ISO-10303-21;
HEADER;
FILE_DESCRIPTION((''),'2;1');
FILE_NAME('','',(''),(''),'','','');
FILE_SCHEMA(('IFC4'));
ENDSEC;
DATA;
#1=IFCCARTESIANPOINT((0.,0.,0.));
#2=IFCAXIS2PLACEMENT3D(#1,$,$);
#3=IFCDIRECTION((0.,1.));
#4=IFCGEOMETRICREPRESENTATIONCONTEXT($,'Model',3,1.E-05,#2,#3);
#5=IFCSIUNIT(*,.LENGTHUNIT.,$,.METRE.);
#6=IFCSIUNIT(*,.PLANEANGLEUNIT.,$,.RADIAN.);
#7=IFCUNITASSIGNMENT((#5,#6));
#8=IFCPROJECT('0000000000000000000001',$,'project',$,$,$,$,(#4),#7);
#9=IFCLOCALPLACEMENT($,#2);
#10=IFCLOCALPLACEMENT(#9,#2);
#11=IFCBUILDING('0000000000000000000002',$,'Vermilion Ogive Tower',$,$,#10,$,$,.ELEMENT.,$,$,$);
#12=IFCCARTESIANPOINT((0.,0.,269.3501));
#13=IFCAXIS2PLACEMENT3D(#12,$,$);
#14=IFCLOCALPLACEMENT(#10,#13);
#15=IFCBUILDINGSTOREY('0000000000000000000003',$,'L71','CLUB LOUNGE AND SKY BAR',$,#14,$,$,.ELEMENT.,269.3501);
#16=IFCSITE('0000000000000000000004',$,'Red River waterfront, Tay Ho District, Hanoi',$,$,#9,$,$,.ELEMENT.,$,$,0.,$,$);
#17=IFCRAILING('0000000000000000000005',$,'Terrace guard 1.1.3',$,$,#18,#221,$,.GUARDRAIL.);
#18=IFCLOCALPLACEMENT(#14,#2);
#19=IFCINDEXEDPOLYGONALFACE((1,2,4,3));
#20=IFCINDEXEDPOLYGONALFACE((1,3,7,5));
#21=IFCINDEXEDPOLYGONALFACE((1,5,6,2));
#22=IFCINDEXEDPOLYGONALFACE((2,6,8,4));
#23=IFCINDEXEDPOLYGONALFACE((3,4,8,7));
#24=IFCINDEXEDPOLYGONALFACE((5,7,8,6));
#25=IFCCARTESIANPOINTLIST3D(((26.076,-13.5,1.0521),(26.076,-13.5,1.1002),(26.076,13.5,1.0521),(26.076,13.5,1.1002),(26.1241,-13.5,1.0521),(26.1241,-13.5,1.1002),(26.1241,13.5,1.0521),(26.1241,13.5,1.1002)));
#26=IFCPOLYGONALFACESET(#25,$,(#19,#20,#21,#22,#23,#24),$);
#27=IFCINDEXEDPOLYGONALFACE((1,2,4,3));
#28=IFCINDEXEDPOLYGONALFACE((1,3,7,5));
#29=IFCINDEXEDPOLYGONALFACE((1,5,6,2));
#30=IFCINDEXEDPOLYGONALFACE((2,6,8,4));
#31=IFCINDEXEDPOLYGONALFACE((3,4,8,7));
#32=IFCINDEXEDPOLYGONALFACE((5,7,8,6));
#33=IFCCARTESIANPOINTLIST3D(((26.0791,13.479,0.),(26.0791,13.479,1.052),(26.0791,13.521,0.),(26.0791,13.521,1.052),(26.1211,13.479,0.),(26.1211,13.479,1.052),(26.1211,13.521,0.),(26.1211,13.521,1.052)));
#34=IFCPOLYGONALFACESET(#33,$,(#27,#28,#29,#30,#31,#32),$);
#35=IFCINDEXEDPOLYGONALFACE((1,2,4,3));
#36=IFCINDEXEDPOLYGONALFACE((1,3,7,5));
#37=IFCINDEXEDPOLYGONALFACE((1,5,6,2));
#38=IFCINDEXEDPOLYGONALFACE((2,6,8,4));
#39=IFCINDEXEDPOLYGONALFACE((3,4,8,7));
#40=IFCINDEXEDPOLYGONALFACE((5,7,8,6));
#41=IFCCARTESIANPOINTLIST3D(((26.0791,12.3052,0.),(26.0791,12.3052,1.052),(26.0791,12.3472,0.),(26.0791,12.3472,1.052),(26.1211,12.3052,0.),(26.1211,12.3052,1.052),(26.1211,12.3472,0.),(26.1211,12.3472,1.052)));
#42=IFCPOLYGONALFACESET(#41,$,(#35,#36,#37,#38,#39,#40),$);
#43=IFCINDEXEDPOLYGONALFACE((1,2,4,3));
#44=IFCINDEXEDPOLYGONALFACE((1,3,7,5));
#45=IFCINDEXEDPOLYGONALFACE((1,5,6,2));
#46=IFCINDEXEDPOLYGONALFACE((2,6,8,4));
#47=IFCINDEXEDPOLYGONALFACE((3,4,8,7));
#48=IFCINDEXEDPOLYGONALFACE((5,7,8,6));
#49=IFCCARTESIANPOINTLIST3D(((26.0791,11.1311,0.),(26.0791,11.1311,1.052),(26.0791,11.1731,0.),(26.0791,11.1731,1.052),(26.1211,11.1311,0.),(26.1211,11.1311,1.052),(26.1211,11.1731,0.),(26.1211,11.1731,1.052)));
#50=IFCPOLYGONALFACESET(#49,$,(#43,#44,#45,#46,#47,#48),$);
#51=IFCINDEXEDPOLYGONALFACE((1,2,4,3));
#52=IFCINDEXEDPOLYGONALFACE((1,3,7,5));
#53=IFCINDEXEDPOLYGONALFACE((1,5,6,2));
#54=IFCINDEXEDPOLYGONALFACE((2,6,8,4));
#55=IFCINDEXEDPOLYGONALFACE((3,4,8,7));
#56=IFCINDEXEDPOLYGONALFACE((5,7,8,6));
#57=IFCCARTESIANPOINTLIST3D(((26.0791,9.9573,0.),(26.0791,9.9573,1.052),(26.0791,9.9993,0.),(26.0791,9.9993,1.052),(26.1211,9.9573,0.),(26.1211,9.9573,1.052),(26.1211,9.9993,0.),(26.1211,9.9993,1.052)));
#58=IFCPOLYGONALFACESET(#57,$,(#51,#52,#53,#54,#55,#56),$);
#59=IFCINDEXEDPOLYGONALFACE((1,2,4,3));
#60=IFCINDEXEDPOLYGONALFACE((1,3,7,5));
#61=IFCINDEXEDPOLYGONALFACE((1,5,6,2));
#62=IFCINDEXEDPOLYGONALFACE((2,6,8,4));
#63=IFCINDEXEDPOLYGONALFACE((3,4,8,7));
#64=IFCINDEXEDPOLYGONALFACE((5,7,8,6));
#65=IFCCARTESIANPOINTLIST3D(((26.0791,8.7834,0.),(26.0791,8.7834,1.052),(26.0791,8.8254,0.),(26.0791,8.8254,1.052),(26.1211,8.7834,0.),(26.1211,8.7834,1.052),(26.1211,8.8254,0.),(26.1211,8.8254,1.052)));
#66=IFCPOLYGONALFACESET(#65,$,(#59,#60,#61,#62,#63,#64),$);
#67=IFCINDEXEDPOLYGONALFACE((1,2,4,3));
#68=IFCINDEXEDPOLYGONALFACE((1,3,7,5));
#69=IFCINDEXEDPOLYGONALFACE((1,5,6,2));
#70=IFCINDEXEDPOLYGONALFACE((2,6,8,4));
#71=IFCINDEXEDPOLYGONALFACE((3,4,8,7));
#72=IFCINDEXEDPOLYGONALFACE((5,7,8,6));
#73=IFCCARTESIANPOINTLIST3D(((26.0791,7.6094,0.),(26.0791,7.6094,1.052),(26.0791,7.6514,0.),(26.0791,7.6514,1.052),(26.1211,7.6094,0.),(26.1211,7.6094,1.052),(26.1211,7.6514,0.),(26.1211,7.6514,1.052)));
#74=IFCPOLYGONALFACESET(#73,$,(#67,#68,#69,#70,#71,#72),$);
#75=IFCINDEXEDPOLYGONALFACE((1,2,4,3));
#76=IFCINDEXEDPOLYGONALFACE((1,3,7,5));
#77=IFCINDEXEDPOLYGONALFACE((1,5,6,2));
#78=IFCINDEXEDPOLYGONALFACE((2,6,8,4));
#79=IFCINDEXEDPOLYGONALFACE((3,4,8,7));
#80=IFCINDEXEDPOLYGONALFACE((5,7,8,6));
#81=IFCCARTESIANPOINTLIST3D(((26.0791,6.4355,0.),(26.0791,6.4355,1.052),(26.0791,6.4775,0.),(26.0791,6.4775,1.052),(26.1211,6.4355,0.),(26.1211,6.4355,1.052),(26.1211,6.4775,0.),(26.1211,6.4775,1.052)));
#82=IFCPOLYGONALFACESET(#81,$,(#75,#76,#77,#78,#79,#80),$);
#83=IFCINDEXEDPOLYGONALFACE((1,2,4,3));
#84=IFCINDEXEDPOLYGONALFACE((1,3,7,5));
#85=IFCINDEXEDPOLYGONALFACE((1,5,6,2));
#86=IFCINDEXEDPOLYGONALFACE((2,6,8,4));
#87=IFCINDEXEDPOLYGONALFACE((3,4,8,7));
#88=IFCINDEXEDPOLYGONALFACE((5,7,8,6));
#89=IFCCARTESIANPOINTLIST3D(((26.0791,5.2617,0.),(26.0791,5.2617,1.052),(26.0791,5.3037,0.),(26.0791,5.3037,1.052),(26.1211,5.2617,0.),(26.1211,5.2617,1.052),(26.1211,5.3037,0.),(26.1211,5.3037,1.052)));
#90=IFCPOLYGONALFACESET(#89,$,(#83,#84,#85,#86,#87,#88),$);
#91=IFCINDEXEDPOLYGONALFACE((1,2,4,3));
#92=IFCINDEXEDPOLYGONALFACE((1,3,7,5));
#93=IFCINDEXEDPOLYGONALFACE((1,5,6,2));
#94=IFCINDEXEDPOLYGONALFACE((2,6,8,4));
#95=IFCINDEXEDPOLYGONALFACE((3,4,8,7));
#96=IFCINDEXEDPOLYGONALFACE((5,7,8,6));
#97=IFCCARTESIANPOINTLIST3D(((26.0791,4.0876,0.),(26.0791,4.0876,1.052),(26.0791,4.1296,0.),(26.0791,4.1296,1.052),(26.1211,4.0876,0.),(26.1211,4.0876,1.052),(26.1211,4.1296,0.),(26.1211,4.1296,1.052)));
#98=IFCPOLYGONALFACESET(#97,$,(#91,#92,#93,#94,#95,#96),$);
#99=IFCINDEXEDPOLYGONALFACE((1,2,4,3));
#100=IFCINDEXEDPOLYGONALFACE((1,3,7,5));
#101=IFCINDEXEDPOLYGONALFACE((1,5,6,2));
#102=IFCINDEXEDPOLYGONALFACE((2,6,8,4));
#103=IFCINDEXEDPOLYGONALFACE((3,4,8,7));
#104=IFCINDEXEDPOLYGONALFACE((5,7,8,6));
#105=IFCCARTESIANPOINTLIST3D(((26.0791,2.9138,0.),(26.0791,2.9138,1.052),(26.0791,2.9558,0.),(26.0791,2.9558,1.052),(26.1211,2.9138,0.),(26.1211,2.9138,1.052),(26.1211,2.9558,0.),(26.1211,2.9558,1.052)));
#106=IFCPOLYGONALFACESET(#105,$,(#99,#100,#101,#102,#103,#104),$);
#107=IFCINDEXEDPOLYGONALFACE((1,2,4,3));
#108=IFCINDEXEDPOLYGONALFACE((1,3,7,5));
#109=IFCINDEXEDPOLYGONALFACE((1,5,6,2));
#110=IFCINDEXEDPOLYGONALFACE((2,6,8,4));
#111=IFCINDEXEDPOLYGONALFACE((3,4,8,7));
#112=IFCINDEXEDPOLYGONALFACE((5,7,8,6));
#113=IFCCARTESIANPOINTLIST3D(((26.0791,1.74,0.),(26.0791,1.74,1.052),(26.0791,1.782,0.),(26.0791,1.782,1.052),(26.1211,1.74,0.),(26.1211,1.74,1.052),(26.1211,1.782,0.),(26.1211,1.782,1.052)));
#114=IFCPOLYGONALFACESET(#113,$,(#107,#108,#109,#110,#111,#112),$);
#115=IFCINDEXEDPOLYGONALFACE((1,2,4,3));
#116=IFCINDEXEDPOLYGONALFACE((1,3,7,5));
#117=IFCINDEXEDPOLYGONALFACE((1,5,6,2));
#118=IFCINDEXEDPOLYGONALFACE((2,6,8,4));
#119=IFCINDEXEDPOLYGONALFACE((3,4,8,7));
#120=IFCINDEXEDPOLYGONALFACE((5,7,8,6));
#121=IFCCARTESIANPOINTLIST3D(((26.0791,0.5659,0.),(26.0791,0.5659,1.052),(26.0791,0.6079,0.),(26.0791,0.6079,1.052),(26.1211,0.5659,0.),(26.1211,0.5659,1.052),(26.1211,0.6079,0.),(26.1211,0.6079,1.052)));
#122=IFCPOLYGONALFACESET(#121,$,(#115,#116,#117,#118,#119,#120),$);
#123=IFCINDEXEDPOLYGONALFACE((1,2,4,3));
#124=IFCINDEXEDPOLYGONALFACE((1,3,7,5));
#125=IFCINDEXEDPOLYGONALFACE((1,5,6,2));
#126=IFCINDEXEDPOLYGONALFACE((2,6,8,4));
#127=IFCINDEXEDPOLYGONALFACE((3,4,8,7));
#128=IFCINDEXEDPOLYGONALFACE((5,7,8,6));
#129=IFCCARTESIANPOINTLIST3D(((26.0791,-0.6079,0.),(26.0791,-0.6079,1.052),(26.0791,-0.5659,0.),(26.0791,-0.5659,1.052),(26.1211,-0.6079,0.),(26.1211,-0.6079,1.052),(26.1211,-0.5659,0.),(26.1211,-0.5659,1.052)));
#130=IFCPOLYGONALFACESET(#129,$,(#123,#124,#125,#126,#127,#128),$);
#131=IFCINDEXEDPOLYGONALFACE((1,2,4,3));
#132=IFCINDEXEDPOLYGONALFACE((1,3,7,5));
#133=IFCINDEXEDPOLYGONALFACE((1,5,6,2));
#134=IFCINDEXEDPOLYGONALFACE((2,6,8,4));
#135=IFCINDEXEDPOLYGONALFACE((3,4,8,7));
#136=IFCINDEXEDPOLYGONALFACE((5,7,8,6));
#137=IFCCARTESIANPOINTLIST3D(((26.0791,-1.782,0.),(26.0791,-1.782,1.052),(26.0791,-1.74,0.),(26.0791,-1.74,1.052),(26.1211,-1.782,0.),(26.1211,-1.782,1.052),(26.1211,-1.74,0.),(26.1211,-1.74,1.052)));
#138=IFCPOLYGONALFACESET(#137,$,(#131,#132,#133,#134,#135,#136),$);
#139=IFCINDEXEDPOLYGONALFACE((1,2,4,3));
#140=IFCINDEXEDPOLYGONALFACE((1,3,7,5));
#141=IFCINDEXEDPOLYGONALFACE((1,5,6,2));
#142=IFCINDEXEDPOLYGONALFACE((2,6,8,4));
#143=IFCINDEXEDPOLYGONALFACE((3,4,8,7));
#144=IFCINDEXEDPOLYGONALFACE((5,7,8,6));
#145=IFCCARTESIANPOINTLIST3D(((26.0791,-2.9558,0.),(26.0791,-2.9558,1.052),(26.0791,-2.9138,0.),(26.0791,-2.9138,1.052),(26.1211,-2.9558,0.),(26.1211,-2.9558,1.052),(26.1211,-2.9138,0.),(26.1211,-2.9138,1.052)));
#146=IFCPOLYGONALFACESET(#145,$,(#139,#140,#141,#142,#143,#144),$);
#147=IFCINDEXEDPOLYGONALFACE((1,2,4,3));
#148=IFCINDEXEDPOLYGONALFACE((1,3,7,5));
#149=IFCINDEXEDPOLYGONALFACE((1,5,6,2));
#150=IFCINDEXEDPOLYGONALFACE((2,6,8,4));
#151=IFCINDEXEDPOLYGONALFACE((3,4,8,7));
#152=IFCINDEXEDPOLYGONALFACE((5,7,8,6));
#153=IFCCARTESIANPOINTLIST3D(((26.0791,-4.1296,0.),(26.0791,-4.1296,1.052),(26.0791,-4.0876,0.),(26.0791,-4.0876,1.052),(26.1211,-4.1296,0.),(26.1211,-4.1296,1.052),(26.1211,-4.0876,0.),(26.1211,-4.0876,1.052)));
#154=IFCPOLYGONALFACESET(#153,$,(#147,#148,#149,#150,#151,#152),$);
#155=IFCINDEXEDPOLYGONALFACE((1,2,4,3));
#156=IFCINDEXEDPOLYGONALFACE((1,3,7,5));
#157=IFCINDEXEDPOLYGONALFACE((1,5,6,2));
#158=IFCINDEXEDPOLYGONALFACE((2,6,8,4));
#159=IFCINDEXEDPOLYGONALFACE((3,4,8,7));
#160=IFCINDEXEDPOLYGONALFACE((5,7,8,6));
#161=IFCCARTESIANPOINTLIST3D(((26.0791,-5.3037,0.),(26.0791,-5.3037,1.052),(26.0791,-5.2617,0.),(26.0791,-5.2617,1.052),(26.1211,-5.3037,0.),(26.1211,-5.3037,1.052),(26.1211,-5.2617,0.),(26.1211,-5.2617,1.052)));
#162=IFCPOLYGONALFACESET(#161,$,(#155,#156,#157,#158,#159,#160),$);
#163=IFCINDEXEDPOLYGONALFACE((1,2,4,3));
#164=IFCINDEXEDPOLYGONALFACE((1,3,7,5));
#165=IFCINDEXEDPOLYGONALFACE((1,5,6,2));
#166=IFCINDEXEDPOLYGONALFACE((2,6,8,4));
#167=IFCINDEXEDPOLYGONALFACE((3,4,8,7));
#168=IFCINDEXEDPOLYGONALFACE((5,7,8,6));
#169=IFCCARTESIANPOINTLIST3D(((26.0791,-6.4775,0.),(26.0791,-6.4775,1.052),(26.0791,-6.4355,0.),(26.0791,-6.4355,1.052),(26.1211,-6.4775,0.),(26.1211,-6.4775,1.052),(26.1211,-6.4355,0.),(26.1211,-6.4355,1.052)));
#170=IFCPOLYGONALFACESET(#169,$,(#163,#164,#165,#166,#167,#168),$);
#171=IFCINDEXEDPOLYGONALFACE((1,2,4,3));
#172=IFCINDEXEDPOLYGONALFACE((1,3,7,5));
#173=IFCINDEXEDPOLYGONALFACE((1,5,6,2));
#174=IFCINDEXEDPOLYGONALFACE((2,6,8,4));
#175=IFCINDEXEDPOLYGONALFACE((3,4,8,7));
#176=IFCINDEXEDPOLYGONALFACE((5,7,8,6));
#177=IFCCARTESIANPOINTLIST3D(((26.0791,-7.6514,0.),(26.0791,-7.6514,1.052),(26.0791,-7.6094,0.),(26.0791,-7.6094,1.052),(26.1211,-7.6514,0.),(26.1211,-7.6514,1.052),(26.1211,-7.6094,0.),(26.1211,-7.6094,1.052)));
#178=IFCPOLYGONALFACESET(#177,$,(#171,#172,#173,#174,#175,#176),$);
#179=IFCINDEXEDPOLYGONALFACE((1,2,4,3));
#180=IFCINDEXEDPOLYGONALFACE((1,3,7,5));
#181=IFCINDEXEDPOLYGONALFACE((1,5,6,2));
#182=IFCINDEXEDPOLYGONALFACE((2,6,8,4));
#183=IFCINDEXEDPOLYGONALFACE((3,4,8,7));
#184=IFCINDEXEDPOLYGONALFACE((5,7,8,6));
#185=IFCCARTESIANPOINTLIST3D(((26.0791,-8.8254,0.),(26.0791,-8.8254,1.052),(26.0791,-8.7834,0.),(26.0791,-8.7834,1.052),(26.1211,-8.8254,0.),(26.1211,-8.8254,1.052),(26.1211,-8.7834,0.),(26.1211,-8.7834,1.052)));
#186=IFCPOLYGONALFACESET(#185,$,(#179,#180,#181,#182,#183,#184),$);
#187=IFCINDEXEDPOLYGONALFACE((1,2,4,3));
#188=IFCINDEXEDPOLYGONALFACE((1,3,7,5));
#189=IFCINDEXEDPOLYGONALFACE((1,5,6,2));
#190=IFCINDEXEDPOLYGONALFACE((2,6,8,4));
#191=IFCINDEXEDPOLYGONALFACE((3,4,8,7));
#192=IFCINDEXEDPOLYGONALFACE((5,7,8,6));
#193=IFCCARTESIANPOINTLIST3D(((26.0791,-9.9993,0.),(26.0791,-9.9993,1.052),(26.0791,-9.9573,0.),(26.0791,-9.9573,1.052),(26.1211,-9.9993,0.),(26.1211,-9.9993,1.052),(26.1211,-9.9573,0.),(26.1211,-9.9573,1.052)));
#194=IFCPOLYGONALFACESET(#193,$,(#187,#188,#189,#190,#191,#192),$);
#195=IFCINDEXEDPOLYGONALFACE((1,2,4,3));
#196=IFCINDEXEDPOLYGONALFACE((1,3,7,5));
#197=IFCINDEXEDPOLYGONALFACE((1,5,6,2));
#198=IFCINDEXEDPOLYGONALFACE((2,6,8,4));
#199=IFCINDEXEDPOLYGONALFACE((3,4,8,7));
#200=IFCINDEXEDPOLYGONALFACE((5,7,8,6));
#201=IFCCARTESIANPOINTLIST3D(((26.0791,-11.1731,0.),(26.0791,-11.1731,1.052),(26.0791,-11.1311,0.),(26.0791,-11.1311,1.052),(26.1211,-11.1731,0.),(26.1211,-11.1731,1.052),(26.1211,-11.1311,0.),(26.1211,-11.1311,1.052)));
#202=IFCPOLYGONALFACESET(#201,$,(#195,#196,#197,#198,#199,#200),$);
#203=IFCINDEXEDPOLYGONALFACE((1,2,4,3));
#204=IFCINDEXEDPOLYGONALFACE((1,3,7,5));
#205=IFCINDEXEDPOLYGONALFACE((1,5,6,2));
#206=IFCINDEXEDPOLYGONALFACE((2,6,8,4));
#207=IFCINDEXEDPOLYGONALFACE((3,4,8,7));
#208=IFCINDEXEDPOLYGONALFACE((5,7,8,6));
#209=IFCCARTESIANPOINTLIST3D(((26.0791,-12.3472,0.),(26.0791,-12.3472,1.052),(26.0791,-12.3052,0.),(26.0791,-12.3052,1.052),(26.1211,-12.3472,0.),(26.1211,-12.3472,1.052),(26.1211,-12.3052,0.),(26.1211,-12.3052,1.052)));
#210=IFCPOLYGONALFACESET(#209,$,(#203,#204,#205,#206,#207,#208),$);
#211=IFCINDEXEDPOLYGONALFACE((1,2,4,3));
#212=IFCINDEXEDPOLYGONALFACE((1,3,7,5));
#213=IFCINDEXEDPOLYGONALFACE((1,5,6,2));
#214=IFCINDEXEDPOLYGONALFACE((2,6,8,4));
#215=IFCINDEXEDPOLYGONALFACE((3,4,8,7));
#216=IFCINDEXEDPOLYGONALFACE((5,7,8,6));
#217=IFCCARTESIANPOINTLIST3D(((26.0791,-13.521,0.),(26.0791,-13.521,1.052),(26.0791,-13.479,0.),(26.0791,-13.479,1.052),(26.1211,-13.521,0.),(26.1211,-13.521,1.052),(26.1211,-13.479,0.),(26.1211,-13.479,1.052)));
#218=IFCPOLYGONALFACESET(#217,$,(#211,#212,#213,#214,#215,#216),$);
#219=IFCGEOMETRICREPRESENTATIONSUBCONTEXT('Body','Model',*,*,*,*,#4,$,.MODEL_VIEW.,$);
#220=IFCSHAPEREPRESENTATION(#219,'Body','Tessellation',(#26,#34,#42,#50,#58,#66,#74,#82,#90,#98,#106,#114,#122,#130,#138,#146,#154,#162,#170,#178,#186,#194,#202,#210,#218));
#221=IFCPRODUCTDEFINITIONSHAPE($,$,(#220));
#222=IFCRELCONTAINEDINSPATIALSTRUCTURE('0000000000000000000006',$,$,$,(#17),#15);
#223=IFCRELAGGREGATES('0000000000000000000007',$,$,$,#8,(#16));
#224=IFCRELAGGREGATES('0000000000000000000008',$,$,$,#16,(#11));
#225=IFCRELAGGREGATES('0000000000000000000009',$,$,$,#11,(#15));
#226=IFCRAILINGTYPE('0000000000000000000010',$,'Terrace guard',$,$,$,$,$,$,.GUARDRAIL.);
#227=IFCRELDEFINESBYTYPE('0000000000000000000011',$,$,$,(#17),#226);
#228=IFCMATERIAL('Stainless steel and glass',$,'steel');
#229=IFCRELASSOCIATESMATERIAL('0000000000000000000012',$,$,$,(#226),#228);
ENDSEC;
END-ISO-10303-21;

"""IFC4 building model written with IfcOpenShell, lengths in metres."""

from ifc_helpers import new_model, si_unit, direction, frame, origin, origin_2d, place, context, subcontext, project, spatial, rectangle, extrude, material, type_object, element, save


model = new_model("IFC4")

# Units and contexts
model_context = context("Model", 3, precision=1e-05, world=origin(), true_north=direction((0.0, 1.0)))
body_context = subcontext(model_context, "Body", "Model", "MODEL_VIEW")
ifc_project = project(units=[si_unit("LENGTHUNIT", "METRE"), si_unit("PLANEANGLEUNIT", "RADIAN")], contexts=[model_context])

# Site, building, storey
site_placement = place(None, origin())
site = spatial("IfcSite", under=ifc_project, at=site_placement, Name="Red River waterfront, Tay Ho District, Hanoi", CompositionType="ELEMENT", RefElevation=0.0)
building_placement = place(site_placement, origin())
building = spatial("IfcBuilding", under=site, at=building_placement, Name="Vermilion Ogive Tower", CompositionType="ELEMENT")
storey_placement = place(building_placement, frame((0.0, 0.0, 269.3501)))
storey = spatial("IfcBuildingStorey", under=building, at=storey_placement, Name="L71", Description="CLUB LOUNGE AND SKY BAR", CompositionType="ELEMENT", Elevation=269.3501)

# Railing
ifc_material_1 = material(Name="Stainless steel and glass", Category="steel")
railing_type_1 = type_object("IfcRailingType", Name="Terrace guard", PredefinedType="GUARDRAIL", material=ifc_material_1)
railing_1_placement = place(storey_placement, frame((26.1001, 13.5, 0.0)))
element("IfcRailing", 1, at=railing_1_placement, inside=storey, type_object=railing_type_1, Name="Terrace guard 1.1.3", PredefinedType="GUARDRAIL", context=body_context, shape_type="SweptSolid", body=[
    extrude(rectangle(XDim=0.0481, YDim=0.0481, at=origin_2d()), frame((0.0, 0.0, 1.0762), z_axis=(0.0, -1.0, 0.0), x_axis=(1.0, 0.0, 0.0)), (0.0, 0.0, 1.0), 27.0),
    extrude(rectangle(XDim=0.042, YDim=0.042, at=origin_2d()), origin(), (0.0, 0.0, 1.0), 1.052),
    extrude(rectangle(XDim=0.042, YDim=0.042, at=origin_2d()), frame((0.0, -1.1738, 0.0)), (0.0, 0.0, 1.0), 1.052),
    extrude(rectangle(XDim=0.042, YDim=0.042, at=origin_2d()), frame((0.0, -2.3479, 0.0)), (0.0, 0.0, 1.0), 1.052),
    extrude(rectangle(XDim=0.042, YDim=0.042, at=origin_2d()), frame((0.0, -3.5217, 0.0)), (0.0, 0.0, 1.0), 1.052),
    extrude(rectangle(XDim=0.042, YDim=0.042, at=origin_2d()), frame((0.0, -4.6956, 0.0)), (0.0, 0.0, 1.0), 1.052),
    extrude(rectangle(XDim=0.042, YDim=0.042, at=origin_2d()), frame((0.0, -5.8696, 0.0)), (0.0, 0.0, 1.0), 1.052),
    extrude(rectangle(XDim=0.042, YDim=0.042, at=origin_2d()), frame((0.0, -7.0435, 0.0)), (0.0, 0.0, 1.0), 1.052),
    extrude(rectangle(XDim=0.042, YDim=0.042, at=origin_2d()), frame((0.0, -8.2173, 0.0)), (0.0, 0.0, 1.0), 1.052),
    extrude(rectangle(XDim=0.042, YDim=0.042, at=origin_2d()), frame((0.0, -9.3914, 0.0)), (0.0, 0.0, 1.0), 1.052),
    extrude(rectangle(XDim=0.042, YDim=0.042, at=origin_2d()), frame((0.0, -10.5652, 0.0)), (0.0, 0.0, 1.0), 1.052),
    extrude(rectangle(XDim=0.042, YDim=0.042, at=origin_2d()), frame((0.0, -11.739, 0.0)), (0.0, 0.0, 1.0), 1.052),
    extrude(rectangle(XDim=0.042, YDim=0.042, at=origin_2d()), frame((0.0, -12.9131, 0.0)), (0.0, 0.0, 1.0), 1.052),
    extrude(rectangle(XDim=0.042, YDim=0.042, at=origin_2d()), frame((0.0, -14.0869, 0.0)), (0.0, 0.0, 1.0), 1.052),
    extrude(rectangle(XDim=0.042, YDim=0.042, at=origin_2d()), frame((0.0, -15.261, 0.0)), (0.0, 0.0, 1.0), 1.052),
    extrude(rectangle(XDim=0.042, YDim=0.042, at=origin_2d()), frame((0.0, -16.4348, 0.0)), (0.0, 0.0, 1.0), 1.052),
    extrude(rectangle(XDim=0.042, YDim=0.042, at=origin_2d()), frame((0.0, -17.6086, 0.0)), (0.0, 0.0, 1.0), 1.052),
    extrude(rectangle(XDim=0.042, YDim=0.042, at=origin_2d()), frame((0.0, -18.7827, 0.0)), (0.0, 0.0, 1.0), 1.052),
    extrude(rectangle(XDim=0.042, YDim=0.042, at=origin_2d()), frame((0.0, -19.9565, 0.0)), (0.0, 0.0, 1.0), 1.052),
    extrude(rectangle(XDim=0.042, YDim=0.042, at=origin_2d()), frame((0.0, -21.1304, 0.0)), (0.0, 0.0, 1.0), 1.052),
    extrude(rectangle(XDim=0.042, YDim=0.042, at=origin_2d()), frame((0.0, -22.3044, 0.0)), (0.0, 0.0, 1.0), 1.052),
    extrude(rectangle(XDim=0.042, YDim=0.042, at=origin_2d()), frame((0.0, -23.4783, 0.0)), (0.0, 0.0, 1.0), 1.052),
    extrude(rectangle(XDim=0.042, YDim=0.042, at=origin_2d()), frame((0.0, -24.6521, 0.0)), (0.0, 0.0, 1.0), 1.052),
    extrude(rectangle(XDim=0.042, YDim=0.042, at=origin_2d()), frame((0.0, -25.8262, 0.0)), (0.0, 0.0, 1.0), 1.052),
    extrude(rectangle(XDim=0.042, YDim=0.042, at=origin_2d()), frame((0.0, -27.0, 0.0)), (0.0, 0.0, 1.0), 1.052),
])

save(model, "model.ifc")
